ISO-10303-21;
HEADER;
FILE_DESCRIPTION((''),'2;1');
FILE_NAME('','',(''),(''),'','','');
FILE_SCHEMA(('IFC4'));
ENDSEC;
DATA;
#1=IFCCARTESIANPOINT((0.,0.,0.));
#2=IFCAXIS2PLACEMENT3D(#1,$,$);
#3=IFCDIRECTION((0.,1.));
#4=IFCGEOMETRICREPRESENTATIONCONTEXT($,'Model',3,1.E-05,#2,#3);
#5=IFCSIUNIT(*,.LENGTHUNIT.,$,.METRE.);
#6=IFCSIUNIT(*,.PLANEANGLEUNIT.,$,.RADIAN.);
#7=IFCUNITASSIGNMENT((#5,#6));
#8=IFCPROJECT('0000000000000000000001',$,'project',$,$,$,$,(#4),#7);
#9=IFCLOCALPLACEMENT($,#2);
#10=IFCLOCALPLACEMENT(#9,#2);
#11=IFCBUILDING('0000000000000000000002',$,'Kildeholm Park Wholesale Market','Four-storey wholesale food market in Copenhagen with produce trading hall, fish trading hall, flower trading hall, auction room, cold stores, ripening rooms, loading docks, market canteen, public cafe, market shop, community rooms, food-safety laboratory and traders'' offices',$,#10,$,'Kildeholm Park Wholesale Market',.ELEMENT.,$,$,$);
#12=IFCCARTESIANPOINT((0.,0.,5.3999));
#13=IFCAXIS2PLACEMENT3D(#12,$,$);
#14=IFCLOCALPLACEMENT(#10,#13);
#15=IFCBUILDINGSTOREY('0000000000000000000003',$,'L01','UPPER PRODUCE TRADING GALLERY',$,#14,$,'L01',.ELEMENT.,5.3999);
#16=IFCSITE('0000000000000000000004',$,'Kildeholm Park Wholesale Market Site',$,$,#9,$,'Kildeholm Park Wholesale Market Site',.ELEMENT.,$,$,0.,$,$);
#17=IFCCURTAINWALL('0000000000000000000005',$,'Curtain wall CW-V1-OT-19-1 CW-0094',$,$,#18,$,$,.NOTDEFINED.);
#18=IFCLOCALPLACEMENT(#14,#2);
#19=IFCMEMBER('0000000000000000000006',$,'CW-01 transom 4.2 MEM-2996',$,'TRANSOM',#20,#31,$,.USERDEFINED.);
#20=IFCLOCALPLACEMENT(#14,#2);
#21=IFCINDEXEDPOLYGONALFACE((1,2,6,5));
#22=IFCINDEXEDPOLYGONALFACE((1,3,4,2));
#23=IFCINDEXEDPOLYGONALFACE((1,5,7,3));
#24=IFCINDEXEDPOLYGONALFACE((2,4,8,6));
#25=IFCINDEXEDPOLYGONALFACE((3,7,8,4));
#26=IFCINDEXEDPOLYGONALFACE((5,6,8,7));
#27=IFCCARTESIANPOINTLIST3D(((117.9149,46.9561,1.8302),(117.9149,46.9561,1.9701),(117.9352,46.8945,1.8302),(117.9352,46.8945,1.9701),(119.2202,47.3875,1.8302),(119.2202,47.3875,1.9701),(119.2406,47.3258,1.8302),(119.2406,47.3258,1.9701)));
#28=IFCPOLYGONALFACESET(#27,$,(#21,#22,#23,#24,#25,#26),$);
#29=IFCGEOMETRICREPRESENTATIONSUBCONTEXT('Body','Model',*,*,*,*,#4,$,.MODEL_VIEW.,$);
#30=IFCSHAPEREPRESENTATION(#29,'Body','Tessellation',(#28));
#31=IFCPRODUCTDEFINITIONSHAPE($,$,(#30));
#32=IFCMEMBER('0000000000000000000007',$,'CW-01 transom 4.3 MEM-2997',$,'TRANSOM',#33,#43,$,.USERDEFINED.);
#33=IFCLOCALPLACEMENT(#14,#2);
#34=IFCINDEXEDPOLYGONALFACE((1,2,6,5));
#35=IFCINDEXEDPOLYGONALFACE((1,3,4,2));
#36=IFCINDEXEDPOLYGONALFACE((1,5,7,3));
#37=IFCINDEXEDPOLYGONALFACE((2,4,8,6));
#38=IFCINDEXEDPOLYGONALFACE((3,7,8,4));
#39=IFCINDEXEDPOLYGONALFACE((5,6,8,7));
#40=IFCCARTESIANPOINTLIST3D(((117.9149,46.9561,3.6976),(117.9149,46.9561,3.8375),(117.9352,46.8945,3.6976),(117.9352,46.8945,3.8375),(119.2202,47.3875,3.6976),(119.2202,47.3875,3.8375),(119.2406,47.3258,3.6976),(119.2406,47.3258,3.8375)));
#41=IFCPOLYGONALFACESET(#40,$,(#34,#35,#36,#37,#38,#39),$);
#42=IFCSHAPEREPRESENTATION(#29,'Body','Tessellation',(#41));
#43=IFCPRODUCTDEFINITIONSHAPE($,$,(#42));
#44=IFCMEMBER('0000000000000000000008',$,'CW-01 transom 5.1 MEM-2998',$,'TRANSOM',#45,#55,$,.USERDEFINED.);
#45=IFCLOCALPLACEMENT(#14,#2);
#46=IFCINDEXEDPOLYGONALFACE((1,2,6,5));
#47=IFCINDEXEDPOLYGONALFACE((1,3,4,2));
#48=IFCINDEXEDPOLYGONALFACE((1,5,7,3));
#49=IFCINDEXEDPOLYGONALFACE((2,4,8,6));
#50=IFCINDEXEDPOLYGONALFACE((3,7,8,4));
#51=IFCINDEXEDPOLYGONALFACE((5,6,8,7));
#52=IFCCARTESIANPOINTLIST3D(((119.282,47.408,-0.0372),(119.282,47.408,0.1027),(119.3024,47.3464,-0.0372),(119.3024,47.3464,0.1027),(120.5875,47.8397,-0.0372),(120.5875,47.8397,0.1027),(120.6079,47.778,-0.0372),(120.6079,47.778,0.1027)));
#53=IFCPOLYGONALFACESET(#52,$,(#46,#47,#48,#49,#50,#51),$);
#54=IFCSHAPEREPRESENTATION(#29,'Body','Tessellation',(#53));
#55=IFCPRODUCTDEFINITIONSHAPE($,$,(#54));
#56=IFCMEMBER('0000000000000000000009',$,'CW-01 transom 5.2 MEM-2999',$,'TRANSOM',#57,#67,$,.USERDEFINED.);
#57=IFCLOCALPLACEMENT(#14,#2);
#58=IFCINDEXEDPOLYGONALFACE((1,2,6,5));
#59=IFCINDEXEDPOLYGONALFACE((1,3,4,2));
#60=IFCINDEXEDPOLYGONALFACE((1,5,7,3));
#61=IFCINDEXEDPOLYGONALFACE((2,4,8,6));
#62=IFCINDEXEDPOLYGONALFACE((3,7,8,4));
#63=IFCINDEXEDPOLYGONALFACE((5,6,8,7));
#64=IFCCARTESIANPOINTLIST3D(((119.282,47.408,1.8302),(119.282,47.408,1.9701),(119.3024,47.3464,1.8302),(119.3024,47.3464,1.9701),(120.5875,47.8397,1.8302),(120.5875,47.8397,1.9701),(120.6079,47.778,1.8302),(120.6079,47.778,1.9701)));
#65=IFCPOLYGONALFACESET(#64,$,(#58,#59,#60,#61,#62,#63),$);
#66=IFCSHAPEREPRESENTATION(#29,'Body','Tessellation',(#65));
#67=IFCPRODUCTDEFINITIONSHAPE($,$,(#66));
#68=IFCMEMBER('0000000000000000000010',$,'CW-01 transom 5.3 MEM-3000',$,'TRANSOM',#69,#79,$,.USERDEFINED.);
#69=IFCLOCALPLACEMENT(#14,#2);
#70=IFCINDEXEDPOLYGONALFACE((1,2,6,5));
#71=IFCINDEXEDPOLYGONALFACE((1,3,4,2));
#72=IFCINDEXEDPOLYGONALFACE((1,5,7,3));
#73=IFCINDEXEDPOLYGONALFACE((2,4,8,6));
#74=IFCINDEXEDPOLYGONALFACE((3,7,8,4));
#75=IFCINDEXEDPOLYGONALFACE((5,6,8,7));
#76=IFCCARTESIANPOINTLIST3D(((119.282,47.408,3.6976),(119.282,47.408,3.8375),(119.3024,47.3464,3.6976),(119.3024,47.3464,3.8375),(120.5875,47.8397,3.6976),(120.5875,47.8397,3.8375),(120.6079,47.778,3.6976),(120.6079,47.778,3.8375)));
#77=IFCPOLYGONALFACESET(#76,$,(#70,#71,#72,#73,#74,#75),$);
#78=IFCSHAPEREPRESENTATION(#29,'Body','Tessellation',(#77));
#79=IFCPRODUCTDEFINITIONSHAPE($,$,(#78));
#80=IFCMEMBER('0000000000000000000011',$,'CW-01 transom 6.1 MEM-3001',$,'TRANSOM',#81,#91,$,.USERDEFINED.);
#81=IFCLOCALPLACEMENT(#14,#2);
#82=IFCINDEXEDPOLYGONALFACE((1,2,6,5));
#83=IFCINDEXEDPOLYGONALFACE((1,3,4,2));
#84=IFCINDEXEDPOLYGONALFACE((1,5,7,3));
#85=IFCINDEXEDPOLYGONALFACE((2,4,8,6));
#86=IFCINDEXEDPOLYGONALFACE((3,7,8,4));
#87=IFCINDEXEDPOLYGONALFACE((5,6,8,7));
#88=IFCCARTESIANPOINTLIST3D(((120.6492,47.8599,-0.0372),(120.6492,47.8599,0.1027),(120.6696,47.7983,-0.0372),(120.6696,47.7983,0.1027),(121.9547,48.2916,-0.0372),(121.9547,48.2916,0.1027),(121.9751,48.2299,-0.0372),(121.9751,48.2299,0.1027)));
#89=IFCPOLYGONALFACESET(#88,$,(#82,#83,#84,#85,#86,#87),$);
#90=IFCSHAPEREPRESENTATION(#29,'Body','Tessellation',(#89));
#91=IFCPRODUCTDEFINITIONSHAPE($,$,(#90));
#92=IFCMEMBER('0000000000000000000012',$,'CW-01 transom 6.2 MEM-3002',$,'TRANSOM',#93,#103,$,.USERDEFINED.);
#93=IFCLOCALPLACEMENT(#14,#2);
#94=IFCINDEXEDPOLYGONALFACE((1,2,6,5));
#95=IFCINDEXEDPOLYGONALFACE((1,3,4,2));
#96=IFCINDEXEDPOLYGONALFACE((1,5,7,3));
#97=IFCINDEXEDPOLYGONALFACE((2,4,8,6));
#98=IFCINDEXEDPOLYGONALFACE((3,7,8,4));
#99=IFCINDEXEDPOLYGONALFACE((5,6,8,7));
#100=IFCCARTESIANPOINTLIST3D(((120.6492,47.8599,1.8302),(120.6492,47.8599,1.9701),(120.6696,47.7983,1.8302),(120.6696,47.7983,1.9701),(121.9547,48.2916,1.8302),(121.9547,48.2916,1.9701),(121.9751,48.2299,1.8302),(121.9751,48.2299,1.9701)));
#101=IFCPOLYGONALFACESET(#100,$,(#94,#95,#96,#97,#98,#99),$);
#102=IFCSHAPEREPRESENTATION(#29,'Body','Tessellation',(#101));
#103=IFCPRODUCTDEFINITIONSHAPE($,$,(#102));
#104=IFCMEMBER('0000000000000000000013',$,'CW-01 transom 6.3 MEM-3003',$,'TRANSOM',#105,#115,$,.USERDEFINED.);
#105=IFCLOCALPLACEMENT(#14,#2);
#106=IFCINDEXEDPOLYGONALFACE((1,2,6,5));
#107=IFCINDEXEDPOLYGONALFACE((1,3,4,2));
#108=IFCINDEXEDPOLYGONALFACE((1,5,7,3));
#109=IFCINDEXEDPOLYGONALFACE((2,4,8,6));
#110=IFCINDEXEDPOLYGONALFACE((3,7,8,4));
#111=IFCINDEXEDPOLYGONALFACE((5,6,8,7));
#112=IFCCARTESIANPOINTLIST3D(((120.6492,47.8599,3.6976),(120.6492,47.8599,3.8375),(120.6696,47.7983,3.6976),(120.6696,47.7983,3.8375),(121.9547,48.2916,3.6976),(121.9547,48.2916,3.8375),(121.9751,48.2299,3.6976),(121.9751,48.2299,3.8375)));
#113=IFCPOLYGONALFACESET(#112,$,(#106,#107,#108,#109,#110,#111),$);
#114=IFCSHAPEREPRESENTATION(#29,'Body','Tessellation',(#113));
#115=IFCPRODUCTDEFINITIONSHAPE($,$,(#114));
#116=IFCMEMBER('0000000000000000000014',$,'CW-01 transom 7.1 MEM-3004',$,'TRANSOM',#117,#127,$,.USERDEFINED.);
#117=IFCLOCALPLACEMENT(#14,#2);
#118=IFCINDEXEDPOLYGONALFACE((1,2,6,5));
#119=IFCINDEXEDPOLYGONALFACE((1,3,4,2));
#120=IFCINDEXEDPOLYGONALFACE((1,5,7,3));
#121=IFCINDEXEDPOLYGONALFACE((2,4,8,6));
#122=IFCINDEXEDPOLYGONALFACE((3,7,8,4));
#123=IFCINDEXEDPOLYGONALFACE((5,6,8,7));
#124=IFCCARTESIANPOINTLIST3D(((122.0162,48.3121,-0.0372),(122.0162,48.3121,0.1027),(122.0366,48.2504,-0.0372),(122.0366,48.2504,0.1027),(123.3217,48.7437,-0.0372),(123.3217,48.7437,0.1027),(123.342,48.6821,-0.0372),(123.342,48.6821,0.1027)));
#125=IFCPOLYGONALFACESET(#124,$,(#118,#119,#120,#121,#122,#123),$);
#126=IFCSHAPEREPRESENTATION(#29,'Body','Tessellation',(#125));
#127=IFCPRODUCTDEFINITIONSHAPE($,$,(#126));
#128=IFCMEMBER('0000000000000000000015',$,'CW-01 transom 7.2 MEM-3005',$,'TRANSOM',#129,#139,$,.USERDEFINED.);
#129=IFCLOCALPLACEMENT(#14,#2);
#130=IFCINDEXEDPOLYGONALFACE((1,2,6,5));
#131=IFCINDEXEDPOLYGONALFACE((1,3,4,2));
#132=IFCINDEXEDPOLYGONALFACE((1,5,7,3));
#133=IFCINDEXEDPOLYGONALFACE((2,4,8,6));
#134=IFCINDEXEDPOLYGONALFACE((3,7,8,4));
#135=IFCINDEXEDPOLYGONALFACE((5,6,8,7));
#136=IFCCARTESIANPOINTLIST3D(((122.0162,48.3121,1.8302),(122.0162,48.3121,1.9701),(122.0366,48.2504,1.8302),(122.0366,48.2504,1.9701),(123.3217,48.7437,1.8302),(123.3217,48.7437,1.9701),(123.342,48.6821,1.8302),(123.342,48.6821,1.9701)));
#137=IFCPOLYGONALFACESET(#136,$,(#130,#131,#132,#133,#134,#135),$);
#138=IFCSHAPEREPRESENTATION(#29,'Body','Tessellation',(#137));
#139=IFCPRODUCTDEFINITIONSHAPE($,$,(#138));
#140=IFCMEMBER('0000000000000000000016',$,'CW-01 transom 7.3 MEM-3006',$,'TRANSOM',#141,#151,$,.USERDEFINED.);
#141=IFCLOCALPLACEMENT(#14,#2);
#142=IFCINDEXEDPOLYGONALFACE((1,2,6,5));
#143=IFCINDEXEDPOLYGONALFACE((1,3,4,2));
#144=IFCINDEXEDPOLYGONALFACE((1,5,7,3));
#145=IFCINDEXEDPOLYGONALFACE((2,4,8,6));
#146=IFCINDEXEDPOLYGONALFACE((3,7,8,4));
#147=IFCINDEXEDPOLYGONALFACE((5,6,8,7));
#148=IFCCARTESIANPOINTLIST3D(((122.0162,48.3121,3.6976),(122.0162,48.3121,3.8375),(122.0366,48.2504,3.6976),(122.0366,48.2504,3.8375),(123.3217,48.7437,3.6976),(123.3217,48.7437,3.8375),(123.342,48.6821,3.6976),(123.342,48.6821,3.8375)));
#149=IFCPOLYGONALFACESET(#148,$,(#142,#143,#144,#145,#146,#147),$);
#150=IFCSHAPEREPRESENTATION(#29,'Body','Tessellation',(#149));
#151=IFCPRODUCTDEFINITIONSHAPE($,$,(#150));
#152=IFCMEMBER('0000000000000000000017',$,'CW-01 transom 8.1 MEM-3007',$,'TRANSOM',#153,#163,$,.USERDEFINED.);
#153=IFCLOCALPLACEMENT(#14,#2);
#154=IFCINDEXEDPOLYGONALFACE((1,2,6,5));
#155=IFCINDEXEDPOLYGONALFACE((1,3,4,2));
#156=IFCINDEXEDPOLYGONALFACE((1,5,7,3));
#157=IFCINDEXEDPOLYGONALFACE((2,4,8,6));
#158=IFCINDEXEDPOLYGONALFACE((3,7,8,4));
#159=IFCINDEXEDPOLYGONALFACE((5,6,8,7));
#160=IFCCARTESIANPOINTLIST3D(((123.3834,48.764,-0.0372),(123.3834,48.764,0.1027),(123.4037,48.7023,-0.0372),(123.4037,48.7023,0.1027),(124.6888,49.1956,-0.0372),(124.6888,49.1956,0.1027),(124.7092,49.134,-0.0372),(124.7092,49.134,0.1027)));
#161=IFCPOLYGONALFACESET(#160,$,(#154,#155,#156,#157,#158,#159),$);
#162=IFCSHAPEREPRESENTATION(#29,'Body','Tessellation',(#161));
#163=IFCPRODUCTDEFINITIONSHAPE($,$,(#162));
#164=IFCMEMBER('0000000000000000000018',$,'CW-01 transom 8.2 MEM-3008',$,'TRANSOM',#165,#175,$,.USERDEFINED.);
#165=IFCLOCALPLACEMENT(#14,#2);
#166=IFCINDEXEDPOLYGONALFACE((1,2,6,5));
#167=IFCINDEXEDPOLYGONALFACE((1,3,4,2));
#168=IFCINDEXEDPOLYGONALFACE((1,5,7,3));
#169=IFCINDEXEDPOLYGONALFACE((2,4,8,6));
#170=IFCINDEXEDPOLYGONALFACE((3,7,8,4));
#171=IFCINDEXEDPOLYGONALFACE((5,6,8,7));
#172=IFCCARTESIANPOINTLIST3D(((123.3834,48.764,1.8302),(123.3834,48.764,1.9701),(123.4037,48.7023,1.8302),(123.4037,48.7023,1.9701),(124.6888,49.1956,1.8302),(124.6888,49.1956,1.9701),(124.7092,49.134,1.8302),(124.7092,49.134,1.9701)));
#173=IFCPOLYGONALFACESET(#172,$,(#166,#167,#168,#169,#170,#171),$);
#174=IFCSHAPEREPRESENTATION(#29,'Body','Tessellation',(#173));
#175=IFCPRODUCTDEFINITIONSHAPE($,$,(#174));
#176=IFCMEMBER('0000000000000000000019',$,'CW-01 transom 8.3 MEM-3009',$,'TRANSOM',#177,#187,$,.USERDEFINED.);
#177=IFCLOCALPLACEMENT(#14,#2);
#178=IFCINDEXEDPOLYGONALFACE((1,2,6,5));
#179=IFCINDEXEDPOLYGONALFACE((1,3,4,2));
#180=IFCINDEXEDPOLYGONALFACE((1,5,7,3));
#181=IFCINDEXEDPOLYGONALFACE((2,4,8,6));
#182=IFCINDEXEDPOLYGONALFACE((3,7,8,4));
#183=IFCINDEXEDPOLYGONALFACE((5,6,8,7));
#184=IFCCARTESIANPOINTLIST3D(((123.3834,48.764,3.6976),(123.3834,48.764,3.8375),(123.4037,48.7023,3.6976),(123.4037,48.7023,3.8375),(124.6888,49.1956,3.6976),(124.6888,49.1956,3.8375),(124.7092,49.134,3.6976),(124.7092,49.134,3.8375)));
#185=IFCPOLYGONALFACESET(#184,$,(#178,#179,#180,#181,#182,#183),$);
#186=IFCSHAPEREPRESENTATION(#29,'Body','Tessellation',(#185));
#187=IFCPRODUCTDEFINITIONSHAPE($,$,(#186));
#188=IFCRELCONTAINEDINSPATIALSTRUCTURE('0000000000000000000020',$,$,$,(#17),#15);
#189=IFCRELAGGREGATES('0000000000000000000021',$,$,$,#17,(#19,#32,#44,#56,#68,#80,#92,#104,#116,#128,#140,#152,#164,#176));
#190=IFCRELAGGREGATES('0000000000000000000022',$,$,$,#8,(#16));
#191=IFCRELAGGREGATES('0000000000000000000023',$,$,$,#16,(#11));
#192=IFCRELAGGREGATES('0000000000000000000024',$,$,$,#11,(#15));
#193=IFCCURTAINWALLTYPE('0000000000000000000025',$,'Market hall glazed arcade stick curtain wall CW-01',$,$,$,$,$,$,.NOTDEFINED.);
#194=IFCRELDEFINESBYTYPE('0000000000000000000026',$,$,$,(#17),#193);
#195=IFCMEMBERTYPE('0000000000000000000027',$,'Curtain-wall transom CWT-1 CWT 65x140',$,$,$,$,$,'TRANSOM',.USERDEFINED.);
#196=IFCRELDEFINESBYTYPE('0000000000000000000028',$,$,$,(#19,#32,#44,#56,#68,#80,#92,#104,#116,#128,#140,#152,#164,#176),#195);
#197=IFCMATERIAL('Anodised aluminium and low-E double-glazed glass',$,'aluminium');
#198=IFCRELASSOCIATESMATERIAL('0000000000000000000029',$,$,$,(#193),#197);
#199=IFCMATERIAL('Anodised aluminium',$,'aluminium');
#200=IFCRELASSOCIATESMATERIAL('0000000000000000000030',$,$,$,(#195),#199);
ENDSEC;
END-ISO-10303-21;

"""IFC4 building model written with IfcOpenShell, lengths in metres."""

from ifc_helpers import new_model, si_unit, direction, frame, origin, origin_2d, place, context, subcontext, project, spatial, rectangle, extrude, material, material_profile, profile_set, type_object, element, aggregate, save


model = new_model("IFC4")

# Units and contexts
model_context = context("Model", 3, precision=1e-05, world=origin(), true_north=direction((0.0, 1.0)))
body_context = subcontext(model_context, "Body", "Model", "MODEL_VIEW")
ifc_project = project(units=[si_unit("LENGTHUNIT", "METRE"), si_unit("PLANEANGLEUNIT", "RADIAN")], contexts=[model_context])

# Site, building, storey
site_placement = place(None, origin())
site = spatial("IfcSite", under=ifc_project, at=site_placement, Name="Kildeholm Park Wholesale Market Site", LongName="Kildeholm Park Wholesale Market Site", CompositionType="ELEMENT", RefElevation=0.0)
building_placement = place(site_placement, origin())
building = spatial("IfcBuilding", under=site, at=building_placement, Name="Kildeholm Park Wholesale Market", Description="Four-storey wholesale food market in Copenhagen with produce trading hall, fish trading hall, flower trading hall, auction room, cold stores, ripening rooms, loading docks, market canteen, public cafe, market shop, community rooms, food-safety laboratory and traders' offices", LongName="Kildeholm Park Wholesale Market", CompositionType="ELEMENT")
storey_placement = place(building_placement, frame((0.0, 0.0, 5.3999)))
storey = spatial("IfcBuildingStorey", under=building, at=storey_placement, Name="L01", Description="UPPER PRODUCE TRADING GALLERY", LongName="L01", CompositionType="ELEMENT", Elevation=5.3999)

# Curtain wall, members
ifc_material_1 = material(Name="Anodised aluminium and low-E double-glazed glass", Category="aluminium")
curtain_wall_type = type_object("IfcCurtainWallType", Name="Market hall glazed arcade stick curtain wall CW-01", PredefinedType="NOTDEFINED", material=ifc_material_1)
curtain_wall_placement = place(storey_placement, origin())
curtain_wall = element("IfcCurtainWall", 1, at=curtain_wall_placement, inside=storey, type_object=curtain_wall_type, Name="Curtain wall CW-V1-OT-19-1 CW-0094", PredefinedType="NOTDEFINED")
ifc_material_2 = material(Name="Anodised aluminium", Category="aluminium")
ifc_material_profile_1 = material_profile(ifc_material_2, rectangle(XDim=0.0649, YDim=0.1399, at=origin_2d()), Name="CWT 65x140")
ifc_profile_set_1 = profile_set([ifc_material_profile_1], Name="Anodised aluminium")
member_type_1 = type_object("IfcMemberType", Name="Curtain-wall transom CWT-1 CWT 65x140", ElementType="TRANSOM", PredefinedType="USERDEFINED", material=ifc_profile_set_1)
member_1_placement = place(storey_placement, frame((117.925, 46.9253, 1.9001), z_axis=(0.949497, 0.313776, 0.0), x_axis=(-0.313776, 0.949497, 0.0)))
member_1 = element("IfcMember", 2, at=member_1_placement, type_object=member_type_1, Name="CW-01 transom 4.2 MEM-2996", ObjectType="TRANSOM", PredefinedType="USERDEFINED", context=body_context, shape_type="SweptSolid", body=[
    extrude(rectangle(XDim=0.0649, YDim=0.1399, at=origin_2d()), origin(), (0.0, 0.0, 1.0), 1.3748),
])
member_2_placement = place(storey_placement, frame((117.925, 46.9253, 3.7676), z_axis=(0.949497, 0.313776, 0.0), x_axis=(-0.313776, 0.949497, 0.0)))
member_2 = element("IfcMember", 3, at=member_2_placement, type_object=member_type_1, Name="CW-01 transom 4.3 MEM-2997", ObjectType="TRANSOM", PredefinedType="USERDEFINED", context=body_context, shape_type="SweptSolid", body=[
    extrude(rectangle(XDim=0.0649, YDim=0.1399, at=origin_2d()), origin(), (0.0, 0.0, 1.0), 1.3748),
])
member_3_placement = place(storey_placement, frame((119.2922, 47.3772, 0.0327), z_axis=(0.949444, 0.313936, 0.0), x_axis=(-0.313936, 0.949444, 0.0)))
member_3 = element("IfcMember", 4, at=member_3_placement, type_object=member_type_1, Name="CW-01 transom 5.1 MEM-2998", ObjectType="TRANSOM", PredefinedType="USERDEFINED", context=body_context, shape_type="SweptSolid", body=[
    extrude(rectangle(XDim=0.0649, YDim=0.1399, at=origin_2d()), origin(), (0.0, 0.0, 1.0), 1.375),
])
member_4_placement = place(storey_placement, frame((119.2922, 47.3772, 1.9001), z_axis=(0.949444, 0.313936, 0.0), x_axis=(-0.313936, 0.949444, 0.0)))
member_4 = element("IfcMember", 5, at=member_4_placement, type_object=member_type_1, Name="CW-01 transom 5.2 MEM-2999", ObjectType="TRANSOM", PredefinedType="USERDEFINED", context=body_context, shape_type="SweptSolid", body=[
    extrude(rectangle(XDim=0.0649, YDim=0.1399, at=origin_2d()), origin(), (0.0, 0.0, 1.0), 1.375),
])
member_5_placement = place(storey_placement, frame((119.2922, 47.3772, 3.7676), z_axis=(0.949444, 0.313936, 0.0), x_axis=(-0.313936, 0.949444, 0.0)))
member_5 = element("IfcMember", 6, at=member_5_placement, type_object=member_type_1, Name="CW-01 transom 5.3 MEM-3000", ObjectType="TRANSOM", PredefinedType="USERDEFINED", context=body_context, shape_type="SweptSolid", body=[
    extrude(rectangle(XDim=0.0649, YDim=0.1399, at=origin_2d()), origin(), (0.0, 0.0, 1.0), 1.375),
])
member_6_placement = place(storey_placement, frame((120.6594, 47.8291, 0.0327), z_axis=(0.949444, 0.313936, 0.0), x_axis=(-0.313936, 0.949444, 0.0)))
member_6 = element("IfcMember", 7, at=member_6_placement, type_object=member_type_1, Name="CW-01 transom 6.1 MEM-3001", ObjectType="TRANSOM", PredefinedType="USERDEFINED", context=body_context, shape_type="SweptSolid", body=[
    extrude(rectangle(XDim=0.0649, YDim=0.1399, at=origin_2d()), origin(), (0.0, 0.0, 1.0), 1.375),
])
member_7_placement = place(storey_placement, frame((120.6594, 47.8291, 1.9001), z_axis=(0.949444, 0.313936, 0.0), x_axis=(-0.313936, 0.949444, 0.0)))
member_7 = element("IfcMember", 8, at=member_7_placement, type_object=member_type_1, Name="CW-01 transom 6.2 MEM-3002", ObjectType="TRANSOM", PredefinedType="USERDEFINED", context=body_context, shape_type="SweptSolid", body=[
    extrude(rectangle(XDim=0.0649, YDim=0.1399, at=origin_2d()), origin(), (0.0, 0.0, 1.0), 1.375),
])
member_8_placement = place(storey_placement, frame((120.6594, 47.8291, 3.7676), z_axis=(0.949444, 0.313936, 0.0), x_axis=(-0.313936, 0.949444, 0.0)))
member_8 = element("IfcMember", 9, at=member_8_placement, type_object=member_type_1, Name="CW-01 transom 6.3 MEM-3003", ObjectType="TRANSOM", PredefinedType="USERDEFINED", context=body_context, shape_type="SweptSolid", body=[
    extrude(rectangle(XDim=0.0649, YDim=0.1399, at=origin_2d()), origin(), (0.0, 0.0, 1.0), 1.375),
])
member_9_placement = place(storey_placement, frame((122.0264, 48.2812, 0.0327), z_axis=(0.949444, 0.313936, 0.0), x_axis=(-0.313936, 0.949444, 0.0)))
member_9 = element("IfcMember", 10, at=member_9_placement, type_object=member_type_1, Name="CW-01 transom 7.1 MEM-3004", ObjectType="TRANSOM", PredefinedType="USERDEFINED", context=body_context, shape_type="SweptSolid", body=[
    extrude(rectangle(XDim=0.0649, YDim=0.1399, at=origin_2d()), origin(), (0.0, 0.0, 1.0), 1.375),
])
member_10_placement = place(storey_placement, frame((122.0264, 48.2812, 1.9001), z_axis=(0.949444, 0.313936, 0.0), x_axis=(-0.313936, 0.949444, 0.0)))
member_10 = element("IfcMember", 11, at=member_10_placement, type_object=member_type_1, Name="CW-01 transom 7.2 MEM-3005", ObjectType="TRANSOM", PredefinedType="USERDEFINED", context=body_context, shape_type="SweptSolid", body=[
    extrude(rectangle(XDim=0.0649, YDim=0.1399, at=origin_2d()), origin(), (0.0, 0.0, 1.0), 1.375),
])
member_11_placement = place(storey_placement, frame((122.0264, 48.2812, 3.7676), z_axis=(0.949444, 0.313936, 0.0), x_axis=(-0.313936, 0.949444, 0.0)))
member_11 = element("IfcMember", 12, at=member_11_placement, type_object=member_type_1, Name="CW-01 transom 7.3 MEM-3006", ObjectType="TRANSOM", PredefinedType="USERDEFINED", context=body_context, shape_type="SweptSolid", body=[
    extrude(rectangle(XDim=0.0649, YDim=0.1399, at=origin_2d()), origin(), (0.0, 0.0, 1.0), 1.375),
])
member_12_placement = place(storey_placement, frame((123.3936, 48.7332, 0.0327), z_axis=(0.949444, 0.313936, 0.0), x_axis=(-0.313936, 0.949444, 0.0)))
member_12 = element("IfcMember", 13, at=member_12_placement, type_object=member_type_1, Name="CW-01 transom 8.1 MEM-3007", ObjectType="TRANSOM", PredefinedType="USERDEFINED", context=body_context, shape_type="SweptSolid", body=[
    extrude(rectangle(XDim=0.0649, YDim=0.1399, at=origin_2d()), origin(), (0.0, 0.0, 1.0), 1.375),
])
member_13_placement = place(storey_placement, frame((123.3936, 48.7332, 1.9001), z_axis=(0.949444, 0.313936, 0.0), x_axis=(-0.313936, 0.949444, 0.0)))
member_13 = element("IfcMember", 14, at=member_13_placement, type_object=member_type_1, Name="CW-01 transom 8.2 MEM-3008", ObjectType="TRANSOM", PredefinedType="USERDEFINED", context=body_context, shape_type="SweptSolid", body=[
    extrude(rectangle(XDim=0.0649, YDim=0.1399, at=origin_2d()), origin(), (0.0, 0.0, 1.0), 1.375),
])
member_14_placement = place(storey_placement, frame((123.3936, 48.7332, 3.7676), z_axis=(0.949444, 0.313936, 0.0), x_axis=(-0.313936, 0.949444, 0.0)))
member_14 = element("IfcMember", 15, at=member_14_placement, type_object=member_type_1, Name="CW-01 transom 8.3 MEM-3009", ObjectType="TRANSOM", PredefinedType="USERDEFINED", context=body_context, shape_type="SweptSolid", body=[
    extrude(rectangle(XDim=0.0649, YDim=0.1399, at=origin_2d()), origin(), (0.0, 0.0, 1.0), 1.375),
])
aggregate(curtain_wall, [member_1, member_2, member_3, member_4, member_5, member_6, member_7, member_8, member_9, member_10, member_11, member_12, member_13, member_14])

save(model, "model.ifc")
